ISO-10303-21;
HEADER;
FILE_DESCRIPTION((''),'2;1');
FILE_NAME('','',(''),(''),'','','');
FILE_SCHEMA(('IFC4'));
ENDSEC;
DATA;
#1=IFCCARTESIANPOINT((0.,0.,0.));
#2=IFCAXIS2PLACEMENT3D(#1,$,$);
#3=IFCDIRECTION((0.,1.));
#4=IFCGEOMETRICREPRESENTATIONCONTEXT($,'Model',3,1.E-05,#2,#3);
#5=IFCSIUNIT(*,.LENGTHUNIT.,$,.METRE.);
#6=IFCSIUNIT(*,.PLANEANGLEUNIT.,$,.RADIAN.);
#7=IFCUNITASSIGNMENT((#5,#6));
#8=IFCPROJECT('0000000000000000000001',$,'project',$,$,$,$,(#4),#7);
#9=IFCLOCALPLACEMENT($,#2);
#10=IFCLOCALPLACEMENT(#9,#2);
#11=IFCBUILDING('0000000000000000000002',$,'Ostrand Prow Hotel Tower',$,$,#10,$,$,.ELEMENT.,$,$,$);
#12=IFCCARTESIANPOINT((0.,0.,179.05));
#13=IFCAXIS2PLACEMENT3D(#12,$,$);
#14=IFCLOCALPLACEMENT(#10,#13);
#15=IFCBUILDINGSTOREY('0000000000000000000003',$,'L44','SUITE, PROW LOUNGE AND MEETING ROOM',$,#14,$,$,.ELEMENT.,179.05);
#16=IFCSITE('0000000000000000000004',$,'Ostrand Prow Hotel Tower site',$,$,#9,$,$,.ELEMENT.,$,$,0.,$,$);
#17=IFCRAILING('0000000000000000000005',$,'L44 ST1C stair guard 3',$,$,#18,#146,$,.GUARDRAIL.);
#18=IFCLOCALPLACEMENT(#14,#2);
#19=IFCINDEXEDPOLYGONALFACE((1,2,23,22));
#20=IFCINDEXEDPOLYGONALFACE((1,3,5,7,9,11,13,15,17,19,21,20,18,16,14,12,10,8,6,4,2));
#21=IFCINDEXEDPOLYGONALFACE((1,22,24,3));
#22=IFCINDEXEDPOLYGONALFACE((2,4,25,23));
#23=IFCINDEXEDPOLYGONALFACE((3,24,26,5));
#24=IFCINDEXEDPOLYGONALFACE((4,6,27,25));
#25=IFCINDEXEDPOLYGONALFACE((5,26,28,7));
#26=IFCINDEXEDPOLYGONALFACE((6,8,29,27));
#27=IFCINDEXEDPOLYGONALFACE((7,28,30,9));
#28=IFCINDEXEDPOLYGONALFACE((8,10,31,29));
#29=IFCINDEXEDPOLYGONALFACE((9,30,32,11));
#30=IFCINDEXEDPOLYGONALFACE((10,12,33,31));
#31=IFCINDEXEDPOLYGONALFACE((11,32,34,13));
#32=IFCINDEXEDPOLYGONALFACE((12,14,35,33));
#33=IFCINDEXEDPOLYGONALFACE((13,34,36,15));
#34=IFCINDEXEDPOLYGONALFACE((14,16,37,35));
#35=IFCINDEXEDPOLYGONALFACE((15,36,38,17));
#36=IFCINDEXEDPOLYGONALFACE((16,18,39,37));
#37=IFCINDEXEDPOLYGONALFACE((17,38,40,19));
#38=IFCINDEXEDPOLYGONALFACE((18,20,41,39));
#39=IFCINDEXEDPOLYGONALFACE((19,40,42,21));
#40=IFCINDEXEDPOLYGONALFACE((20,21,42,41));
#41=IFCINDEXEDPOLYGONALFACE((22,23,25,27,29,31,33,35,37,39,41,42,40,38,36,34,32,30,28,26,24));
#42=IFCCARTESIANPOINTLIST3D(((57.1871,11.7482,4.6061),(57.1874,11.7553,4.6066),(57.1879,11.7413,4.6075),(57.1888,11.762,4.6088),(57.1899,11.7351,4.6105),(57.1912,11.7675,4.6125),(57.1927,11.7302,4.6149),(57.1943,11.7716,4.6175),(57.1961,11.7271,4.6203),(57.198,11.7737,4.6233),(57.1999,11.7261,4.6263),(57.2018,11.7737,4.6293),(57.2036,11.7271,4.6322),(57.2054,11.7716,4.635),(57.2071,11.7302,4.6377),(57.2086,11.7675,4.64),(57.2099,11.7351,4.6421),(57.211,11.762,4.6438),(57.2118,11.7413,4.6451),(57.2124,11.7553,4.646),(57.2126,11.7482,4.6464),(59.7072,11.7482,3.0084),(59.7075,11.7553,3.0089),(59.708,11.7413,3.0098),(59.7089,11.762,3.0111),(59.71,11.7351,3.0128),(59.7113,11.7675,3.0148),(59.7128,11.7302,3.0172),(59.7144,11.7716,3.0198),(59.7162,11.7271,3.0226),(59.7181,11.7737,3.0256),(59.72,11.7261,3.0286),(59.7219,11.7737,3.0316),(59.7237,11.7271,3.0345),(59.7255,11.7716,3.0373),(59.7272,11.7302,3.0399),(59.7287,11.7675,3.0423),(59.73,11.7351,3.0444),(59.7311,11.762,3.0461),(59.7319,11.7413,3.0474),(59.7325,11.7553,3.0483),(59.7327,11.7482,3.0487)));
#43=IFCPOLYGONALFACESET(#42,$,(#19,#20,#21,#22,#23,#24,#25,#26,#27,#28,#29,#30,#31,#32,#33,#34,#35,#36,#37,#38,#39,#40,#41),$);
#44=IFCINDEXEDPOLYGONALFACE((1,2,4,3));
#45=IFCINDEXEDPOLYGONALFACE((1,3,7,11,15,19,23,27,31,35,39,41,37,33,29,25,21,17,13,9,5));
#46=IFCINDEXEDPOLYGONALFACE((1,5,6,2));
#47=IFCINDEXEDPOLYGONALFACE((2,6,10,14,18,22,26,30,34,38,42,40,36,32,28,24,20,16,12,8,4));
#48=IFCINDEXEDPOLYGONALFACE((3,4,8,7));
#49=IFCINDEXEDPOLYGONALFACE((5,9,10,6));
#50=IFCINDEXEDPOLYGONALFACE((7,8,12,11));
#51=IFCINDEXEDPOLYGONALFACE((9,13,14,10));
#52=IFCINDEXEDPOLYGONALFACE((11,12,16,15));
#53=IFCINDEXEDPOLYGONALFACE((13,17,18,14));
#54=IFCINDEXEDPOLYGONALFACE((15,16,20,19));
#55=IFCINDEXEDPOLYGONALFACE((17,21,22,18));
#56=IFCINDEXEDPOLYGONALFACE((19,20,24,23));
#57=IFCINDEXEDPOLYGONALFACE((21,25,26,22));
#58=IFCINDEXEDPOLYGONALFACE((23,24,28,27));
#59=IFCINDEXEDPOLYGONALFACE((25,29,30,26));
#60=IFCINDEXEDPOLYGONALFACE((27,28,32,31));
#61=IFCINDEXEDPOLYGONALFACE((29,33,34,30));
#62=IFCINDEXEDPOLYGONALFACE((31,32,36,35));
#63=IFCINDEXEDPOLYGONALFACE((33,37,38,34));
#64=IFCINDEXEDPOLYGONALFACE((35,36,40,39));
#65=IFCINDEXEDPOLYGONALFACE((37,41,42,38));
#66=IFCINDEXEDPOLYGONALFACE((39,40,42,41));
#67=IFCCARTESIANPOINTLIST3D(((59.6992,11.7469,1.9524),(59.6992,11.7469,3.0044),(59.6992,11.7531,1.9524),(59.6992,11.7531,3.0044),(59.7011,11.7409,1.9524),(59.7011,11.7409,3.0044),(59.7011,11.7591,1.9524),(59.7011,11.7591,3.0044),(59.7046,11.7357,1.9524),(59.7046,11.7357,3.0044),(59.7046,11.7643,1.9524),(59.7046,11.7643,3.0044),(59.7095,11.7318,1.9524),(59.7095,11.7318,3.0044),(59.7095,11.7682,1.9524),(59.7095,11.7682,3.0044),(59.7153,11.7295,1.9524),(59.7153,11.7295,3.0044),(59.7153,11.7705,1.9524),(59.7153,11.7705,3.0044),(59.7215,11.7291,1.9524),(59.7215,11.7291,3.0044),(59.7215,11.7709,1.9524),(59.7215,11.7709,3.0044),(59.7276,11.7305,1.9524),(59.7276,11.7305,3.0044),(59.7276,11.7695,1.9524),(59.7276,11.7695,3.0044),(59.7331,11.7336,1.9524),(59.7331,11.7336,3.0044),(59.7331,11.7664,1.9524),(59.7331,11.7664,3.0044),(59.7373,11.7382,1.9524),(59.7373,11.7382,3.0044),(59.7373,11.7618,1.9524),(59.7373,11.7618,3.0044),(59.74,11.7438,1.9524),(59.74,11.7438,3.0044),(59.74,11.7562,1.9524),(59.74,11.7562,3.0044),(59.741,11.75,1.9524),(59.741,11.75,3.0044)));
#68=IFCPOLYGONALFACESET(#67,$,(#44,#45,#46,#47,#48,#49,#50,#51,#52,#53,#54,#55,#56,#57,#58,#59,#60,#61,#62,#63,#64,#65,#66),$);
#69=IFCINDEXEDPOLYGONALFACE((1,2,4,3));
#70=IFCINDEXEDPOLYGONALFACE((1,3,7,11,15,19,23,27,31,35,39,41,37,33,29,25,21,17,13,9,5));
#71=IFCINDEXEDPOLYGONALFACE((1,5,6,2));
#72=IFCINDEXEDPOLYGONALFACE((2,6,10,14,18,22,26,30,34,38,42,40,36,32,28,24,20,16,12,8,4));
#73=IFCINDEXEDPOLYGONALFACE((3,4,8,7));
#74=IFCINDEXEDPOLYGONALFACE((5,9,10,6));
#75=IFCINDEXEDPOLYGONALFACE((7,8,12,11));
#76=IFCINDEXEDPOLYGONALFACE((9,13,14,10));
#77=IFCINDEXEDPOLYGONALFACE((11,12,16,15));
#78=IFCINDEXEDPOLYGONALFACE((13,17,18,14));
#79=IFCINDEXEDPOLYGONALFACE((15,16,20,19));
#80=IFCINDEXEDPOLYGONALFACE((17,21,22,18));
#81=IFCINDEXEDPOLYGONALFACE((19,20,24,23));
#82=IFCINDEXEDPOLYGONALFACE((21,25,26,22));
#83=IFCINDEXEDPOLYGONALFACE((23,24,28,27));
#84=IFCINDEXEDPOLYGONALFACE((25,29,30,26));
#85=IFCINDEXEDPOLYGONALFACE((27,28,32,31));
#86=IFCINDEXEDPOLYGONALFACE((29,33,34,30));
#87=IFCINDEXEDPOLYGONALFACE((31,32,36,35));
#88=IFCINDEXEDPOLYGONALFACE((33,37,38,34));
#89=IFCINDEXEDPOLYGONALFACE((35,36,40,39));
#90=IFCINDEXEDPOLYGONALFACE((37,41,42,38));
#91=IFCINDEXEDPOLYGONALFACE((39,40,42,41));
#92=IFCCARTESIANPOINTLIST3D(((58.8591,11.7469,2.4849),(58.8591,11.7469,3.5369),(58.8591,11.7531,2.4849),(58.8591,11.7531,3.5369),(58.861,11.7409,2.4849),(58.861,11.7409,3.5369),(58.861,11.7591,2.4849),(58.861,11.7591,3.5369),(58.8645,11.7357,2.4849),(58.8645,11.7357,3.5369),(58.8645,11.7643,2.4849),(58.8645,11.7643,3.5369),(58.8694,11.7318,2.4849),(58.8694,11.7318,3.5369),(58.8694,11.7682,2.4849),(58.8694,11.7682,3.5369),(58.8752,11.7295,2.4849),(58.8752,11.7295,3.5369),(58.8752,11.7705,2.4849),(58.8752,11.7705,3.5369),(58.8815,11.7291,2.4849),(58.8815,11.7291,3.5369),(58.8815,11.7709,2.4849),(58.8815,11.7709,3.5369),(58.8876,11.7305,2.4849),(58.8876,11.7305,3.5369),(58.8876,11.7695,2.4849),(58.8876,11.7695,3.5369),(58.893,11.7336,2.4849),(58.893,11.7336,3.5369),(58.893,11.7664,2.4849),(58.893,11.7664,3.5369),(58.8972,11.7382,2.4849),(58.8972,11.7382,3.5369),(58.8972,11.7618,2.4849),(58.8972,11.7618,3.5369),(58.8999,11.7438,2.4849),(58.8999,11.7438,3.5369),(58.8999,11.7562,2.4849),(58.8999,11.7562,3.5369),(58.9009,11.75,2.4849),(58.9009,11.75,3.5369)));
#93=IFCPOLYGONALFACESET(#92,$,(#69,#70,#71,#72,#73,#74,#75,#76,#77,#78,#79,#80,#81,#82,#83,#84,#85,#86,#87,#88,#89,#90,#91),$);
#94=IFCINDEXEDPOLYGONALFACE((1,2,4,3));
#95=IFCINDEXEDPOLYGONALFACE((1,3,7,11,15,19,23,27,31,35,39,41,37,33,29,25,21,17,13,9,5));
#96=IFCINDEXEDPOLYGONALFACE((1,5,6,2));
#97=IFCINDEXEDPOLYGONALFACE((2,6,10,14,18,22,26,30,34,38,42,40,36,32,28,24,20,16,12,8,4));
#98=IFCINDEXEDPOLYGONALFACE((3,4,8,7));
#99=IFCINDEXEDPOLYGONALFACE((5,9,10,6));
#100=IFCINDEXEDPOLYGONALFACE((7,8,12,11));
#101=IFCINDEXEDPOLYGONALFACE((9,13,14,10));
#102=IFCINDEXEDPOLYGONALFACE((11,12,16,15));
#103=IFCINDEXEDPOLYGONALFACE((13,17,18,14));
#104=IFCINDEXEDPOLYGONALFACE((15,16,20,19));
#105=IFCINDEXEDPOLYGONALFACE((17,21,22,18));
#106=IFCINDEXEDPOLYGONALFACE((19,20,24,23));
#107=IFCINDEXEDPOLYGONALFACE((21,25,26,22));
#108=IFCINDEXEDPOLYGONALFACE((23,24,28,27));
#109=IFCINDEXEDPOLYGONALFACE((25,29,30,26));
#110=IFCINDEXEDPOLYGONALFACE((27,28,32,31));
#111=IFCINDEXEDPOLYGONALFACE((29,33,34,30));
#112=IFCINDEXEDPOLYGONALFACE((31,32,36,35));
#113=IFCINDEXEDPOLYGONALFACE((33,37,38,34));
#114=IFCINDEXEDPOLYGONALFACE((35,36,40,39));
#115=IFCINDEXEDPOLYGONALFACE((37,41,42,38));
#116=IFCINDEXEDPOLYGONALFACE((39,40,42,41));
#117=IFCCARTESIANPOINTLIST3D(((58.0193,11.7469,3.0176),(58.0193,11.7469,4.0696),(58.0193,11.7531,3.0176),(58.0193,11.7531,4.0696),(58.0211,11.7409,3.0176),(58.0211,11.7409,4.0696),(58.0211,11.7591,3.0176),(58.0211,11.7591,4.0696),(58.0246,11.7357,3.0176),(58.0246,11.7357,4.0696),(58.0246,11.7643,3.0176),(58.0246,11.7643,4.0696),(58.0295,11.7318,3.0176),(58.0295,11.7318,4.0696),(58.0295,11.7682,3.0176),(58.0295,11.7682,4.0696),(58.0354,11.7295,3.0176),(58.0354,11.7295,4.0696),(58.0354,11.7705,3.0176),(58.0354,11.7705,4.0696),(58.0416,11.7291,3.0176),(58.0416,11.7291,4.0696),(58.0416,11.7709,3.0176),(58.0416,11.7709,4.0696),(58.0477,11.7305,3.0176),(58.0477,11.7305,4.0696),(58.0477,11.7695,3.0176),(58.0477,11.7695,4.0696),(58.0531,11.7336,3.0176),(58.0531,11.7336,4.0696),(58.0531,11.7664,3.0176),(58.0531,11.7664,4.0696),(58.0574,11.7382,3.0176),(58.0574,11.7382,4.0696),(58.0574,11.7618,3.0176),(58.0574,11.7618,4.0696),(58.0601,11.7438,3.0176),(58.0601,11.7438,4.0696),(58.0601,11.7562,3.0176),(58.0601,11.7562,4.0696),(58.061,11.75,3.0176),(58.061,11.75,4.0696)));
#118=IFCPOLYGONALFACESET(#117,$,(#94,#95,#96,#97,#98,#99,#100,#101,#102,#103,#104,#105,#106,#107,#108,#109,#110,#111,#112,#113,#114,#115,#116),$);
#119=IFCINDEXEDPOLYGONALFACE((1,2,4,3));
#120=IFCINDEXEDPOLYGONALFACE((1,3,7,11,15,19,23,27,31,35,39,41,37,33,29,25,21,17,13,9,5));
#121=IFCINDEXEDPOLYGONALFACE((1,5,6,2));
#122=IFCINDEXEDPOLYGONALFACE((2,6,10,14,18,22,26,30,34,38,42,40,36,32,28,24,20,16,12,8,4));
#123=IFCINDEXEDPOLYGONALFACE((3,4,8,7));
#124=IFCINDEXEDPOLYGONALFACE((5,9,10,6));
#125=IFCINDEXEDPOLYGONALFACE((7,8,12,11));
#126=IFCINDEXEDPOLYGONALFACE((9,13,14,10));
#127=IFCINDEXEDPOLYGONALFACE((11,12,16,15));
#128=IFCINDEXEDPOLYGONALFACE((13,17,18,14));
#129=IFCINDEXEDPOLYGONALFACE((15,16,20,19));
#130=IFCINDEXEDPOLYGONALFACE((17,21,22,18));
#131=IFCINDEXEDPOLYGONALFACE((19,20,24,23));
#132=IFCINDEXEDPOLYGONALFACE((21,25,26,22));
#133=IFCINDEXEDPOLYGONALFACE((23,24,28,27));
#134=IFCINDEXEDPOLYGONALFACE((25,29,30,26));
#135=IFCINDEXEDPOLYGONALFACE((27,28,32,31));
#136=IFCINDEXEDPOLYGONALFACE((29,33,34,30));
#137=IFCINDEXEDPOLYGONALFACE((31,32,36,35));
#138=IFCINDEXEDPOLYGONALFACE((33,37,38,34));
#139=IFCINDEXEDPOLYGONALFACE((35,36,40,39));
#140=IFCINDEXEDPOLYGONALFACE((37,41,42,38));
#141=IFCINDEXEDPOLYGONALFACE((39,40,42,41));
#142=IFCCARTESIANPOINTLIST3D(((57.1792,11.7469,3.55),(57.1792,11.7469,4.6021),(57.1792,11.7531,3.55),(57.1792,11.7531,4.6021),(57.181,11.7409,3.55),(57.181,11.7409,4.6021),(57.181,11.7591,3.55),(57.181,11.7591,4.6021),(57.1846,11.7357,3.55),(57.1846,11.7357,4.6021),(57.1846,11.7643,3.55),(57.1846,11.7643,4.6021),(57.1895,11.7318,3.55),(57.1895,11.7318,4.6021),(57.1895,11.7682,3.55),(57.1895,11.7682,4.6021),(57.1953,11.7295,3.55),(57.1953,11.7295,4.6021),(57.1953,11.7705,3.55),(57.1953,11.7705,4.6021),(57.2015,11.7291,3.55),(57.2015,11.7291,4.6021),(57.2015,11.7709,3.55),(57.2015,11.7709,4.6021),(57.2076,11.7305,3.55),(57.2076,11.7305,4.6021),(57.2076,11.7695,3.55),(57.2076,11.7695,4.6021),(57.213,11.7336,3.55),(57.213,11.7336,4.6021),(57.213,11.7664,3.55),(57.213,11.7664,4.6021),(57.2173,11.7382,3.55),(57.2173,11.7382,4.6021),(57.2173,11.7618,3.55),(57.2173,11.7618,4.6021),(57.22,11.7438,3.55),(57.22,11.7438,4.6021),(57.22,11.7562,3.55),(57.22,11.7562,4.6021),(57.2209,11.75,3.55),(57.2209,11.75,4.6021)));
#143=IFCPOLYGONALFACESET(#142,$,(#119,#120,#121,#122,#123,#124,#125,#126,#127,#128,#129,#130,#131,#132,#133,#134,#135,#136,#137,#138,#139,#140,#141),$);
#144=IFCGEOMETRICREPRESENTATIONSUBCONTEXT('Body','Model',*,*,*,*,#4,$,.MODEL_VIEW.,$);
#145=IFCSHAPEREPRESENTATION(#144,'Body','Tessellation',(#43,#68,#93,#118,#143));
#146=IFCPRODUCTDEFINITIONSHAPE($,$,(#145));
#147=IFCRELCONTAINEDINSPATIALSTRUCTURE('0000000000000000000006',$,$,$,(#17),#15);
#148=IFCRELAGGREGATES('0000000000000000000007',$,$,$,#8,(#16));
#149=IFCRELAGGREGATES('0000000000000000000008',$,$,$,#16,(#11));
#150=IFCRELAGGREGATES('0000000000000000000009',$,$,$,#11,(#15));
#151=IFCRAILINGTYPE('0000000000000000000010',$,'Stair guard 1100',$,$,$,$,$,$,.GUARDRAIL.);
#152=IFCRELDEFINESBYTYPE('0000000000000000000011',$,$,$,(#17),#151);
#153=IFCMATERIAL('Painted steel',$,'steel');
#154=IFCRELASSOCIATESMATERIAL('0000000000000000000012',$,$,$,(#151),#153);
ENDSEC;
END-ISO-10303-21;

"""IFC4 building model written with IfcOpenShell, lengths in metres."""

from ifc_helpers import new_model, si_unit, direction, frame, origin, origin_2d, place, context, subcontext, project, spatial, circle, extrude, material, type_object, element, save


model = new_model("IFC4")

# Units and contexts
model_context = context("Model", 3, precision=1e-05, world=origin(), true_north=direction((0.0, 1.0)))
body_context = subcontext(model_context, "Body", "Model", "MODEL_VIEW")
ifc_project = project(units=[si_unit("LENGTHUNIT", "METRE"), si_unit("PLANEANGLEUNIT", "RADIAN")], contexts=[model_context])

# Site, building, storey
site_placement = place(None, origin())
site = spatial("IfcSite", under=ifc_project, at=site_placement, Name="Ostrand Prow Hotel Tower site", CompositionType="ELEMENT", RefElevation=0.0)
building_placement = place(site_placement, origin())
building = spatial("IfcBuilding", under=site, at=building_placement, Name="Ostrand Prow Hotel Tower", CompositionType="ELEMENT")
storey_placement = place(building_placement, frame((0.0, 0.0, 179.05)))
storey = spatial("IfcBuildingStorey", under=building, at=storey_placement, Name="L44", Description="SUITE, PROW LOUNGE AND MEETING ROOM", CompositionType="ELEMENT", Elevation=179.05)

# Railing
ifc_material_1 = material(Name="Painted steel", Category="steel")
railing_type_1 = type_object("IfcRailingType", Name="Stair guard 1100", PredefinedType="GUARDRAIL", material=ifc_material_1)
railing_1_placement = place(storey_placement, frame((59.72, 11.75, 1.9524)))
element("IfcRailing", 1, at=railing_1_placement, inside=storey, type_object=railing_type_1, Name="L44 ST1C stair guard 3", PredefinedType="GUARDRAIL", context=body_context, shape_type="SweptSolid", body=[
    extrude(circle(Radius=0.0239, at=origin_2d()), frame((0.0, 0.0, 1.0762), z_axis=(-0.84457, 0.0, 0.535445), x_axis=(0.0, -1.0, 0.0)), (0.0, 0.0, 1.0), 2.9839),
    extrude(circle(Radius=0.021, at=origin_2d()), origin(), (0.0, 0.0, 1.0), 1.052),
    extrude(circle(Radius=0.021, at=origin_2d()), frame((-0.8401, 0.0, 0.5325)), (0.0, 0.0, 1.0), 1.052),
    extrude(circle(Radius=0.021, at=origin_2d()), frame((-1.6799, 0.0, 1.0652)), (0.0, 0.0, 1.0), 1.052),
    extrude(circle(Radius=0.021, at=origin_2d()), frame((-2.52, 0.0, 1.5977)), (0.0, 0.0, 1.0), 1.052),
])

save(model, "model.ifc")
